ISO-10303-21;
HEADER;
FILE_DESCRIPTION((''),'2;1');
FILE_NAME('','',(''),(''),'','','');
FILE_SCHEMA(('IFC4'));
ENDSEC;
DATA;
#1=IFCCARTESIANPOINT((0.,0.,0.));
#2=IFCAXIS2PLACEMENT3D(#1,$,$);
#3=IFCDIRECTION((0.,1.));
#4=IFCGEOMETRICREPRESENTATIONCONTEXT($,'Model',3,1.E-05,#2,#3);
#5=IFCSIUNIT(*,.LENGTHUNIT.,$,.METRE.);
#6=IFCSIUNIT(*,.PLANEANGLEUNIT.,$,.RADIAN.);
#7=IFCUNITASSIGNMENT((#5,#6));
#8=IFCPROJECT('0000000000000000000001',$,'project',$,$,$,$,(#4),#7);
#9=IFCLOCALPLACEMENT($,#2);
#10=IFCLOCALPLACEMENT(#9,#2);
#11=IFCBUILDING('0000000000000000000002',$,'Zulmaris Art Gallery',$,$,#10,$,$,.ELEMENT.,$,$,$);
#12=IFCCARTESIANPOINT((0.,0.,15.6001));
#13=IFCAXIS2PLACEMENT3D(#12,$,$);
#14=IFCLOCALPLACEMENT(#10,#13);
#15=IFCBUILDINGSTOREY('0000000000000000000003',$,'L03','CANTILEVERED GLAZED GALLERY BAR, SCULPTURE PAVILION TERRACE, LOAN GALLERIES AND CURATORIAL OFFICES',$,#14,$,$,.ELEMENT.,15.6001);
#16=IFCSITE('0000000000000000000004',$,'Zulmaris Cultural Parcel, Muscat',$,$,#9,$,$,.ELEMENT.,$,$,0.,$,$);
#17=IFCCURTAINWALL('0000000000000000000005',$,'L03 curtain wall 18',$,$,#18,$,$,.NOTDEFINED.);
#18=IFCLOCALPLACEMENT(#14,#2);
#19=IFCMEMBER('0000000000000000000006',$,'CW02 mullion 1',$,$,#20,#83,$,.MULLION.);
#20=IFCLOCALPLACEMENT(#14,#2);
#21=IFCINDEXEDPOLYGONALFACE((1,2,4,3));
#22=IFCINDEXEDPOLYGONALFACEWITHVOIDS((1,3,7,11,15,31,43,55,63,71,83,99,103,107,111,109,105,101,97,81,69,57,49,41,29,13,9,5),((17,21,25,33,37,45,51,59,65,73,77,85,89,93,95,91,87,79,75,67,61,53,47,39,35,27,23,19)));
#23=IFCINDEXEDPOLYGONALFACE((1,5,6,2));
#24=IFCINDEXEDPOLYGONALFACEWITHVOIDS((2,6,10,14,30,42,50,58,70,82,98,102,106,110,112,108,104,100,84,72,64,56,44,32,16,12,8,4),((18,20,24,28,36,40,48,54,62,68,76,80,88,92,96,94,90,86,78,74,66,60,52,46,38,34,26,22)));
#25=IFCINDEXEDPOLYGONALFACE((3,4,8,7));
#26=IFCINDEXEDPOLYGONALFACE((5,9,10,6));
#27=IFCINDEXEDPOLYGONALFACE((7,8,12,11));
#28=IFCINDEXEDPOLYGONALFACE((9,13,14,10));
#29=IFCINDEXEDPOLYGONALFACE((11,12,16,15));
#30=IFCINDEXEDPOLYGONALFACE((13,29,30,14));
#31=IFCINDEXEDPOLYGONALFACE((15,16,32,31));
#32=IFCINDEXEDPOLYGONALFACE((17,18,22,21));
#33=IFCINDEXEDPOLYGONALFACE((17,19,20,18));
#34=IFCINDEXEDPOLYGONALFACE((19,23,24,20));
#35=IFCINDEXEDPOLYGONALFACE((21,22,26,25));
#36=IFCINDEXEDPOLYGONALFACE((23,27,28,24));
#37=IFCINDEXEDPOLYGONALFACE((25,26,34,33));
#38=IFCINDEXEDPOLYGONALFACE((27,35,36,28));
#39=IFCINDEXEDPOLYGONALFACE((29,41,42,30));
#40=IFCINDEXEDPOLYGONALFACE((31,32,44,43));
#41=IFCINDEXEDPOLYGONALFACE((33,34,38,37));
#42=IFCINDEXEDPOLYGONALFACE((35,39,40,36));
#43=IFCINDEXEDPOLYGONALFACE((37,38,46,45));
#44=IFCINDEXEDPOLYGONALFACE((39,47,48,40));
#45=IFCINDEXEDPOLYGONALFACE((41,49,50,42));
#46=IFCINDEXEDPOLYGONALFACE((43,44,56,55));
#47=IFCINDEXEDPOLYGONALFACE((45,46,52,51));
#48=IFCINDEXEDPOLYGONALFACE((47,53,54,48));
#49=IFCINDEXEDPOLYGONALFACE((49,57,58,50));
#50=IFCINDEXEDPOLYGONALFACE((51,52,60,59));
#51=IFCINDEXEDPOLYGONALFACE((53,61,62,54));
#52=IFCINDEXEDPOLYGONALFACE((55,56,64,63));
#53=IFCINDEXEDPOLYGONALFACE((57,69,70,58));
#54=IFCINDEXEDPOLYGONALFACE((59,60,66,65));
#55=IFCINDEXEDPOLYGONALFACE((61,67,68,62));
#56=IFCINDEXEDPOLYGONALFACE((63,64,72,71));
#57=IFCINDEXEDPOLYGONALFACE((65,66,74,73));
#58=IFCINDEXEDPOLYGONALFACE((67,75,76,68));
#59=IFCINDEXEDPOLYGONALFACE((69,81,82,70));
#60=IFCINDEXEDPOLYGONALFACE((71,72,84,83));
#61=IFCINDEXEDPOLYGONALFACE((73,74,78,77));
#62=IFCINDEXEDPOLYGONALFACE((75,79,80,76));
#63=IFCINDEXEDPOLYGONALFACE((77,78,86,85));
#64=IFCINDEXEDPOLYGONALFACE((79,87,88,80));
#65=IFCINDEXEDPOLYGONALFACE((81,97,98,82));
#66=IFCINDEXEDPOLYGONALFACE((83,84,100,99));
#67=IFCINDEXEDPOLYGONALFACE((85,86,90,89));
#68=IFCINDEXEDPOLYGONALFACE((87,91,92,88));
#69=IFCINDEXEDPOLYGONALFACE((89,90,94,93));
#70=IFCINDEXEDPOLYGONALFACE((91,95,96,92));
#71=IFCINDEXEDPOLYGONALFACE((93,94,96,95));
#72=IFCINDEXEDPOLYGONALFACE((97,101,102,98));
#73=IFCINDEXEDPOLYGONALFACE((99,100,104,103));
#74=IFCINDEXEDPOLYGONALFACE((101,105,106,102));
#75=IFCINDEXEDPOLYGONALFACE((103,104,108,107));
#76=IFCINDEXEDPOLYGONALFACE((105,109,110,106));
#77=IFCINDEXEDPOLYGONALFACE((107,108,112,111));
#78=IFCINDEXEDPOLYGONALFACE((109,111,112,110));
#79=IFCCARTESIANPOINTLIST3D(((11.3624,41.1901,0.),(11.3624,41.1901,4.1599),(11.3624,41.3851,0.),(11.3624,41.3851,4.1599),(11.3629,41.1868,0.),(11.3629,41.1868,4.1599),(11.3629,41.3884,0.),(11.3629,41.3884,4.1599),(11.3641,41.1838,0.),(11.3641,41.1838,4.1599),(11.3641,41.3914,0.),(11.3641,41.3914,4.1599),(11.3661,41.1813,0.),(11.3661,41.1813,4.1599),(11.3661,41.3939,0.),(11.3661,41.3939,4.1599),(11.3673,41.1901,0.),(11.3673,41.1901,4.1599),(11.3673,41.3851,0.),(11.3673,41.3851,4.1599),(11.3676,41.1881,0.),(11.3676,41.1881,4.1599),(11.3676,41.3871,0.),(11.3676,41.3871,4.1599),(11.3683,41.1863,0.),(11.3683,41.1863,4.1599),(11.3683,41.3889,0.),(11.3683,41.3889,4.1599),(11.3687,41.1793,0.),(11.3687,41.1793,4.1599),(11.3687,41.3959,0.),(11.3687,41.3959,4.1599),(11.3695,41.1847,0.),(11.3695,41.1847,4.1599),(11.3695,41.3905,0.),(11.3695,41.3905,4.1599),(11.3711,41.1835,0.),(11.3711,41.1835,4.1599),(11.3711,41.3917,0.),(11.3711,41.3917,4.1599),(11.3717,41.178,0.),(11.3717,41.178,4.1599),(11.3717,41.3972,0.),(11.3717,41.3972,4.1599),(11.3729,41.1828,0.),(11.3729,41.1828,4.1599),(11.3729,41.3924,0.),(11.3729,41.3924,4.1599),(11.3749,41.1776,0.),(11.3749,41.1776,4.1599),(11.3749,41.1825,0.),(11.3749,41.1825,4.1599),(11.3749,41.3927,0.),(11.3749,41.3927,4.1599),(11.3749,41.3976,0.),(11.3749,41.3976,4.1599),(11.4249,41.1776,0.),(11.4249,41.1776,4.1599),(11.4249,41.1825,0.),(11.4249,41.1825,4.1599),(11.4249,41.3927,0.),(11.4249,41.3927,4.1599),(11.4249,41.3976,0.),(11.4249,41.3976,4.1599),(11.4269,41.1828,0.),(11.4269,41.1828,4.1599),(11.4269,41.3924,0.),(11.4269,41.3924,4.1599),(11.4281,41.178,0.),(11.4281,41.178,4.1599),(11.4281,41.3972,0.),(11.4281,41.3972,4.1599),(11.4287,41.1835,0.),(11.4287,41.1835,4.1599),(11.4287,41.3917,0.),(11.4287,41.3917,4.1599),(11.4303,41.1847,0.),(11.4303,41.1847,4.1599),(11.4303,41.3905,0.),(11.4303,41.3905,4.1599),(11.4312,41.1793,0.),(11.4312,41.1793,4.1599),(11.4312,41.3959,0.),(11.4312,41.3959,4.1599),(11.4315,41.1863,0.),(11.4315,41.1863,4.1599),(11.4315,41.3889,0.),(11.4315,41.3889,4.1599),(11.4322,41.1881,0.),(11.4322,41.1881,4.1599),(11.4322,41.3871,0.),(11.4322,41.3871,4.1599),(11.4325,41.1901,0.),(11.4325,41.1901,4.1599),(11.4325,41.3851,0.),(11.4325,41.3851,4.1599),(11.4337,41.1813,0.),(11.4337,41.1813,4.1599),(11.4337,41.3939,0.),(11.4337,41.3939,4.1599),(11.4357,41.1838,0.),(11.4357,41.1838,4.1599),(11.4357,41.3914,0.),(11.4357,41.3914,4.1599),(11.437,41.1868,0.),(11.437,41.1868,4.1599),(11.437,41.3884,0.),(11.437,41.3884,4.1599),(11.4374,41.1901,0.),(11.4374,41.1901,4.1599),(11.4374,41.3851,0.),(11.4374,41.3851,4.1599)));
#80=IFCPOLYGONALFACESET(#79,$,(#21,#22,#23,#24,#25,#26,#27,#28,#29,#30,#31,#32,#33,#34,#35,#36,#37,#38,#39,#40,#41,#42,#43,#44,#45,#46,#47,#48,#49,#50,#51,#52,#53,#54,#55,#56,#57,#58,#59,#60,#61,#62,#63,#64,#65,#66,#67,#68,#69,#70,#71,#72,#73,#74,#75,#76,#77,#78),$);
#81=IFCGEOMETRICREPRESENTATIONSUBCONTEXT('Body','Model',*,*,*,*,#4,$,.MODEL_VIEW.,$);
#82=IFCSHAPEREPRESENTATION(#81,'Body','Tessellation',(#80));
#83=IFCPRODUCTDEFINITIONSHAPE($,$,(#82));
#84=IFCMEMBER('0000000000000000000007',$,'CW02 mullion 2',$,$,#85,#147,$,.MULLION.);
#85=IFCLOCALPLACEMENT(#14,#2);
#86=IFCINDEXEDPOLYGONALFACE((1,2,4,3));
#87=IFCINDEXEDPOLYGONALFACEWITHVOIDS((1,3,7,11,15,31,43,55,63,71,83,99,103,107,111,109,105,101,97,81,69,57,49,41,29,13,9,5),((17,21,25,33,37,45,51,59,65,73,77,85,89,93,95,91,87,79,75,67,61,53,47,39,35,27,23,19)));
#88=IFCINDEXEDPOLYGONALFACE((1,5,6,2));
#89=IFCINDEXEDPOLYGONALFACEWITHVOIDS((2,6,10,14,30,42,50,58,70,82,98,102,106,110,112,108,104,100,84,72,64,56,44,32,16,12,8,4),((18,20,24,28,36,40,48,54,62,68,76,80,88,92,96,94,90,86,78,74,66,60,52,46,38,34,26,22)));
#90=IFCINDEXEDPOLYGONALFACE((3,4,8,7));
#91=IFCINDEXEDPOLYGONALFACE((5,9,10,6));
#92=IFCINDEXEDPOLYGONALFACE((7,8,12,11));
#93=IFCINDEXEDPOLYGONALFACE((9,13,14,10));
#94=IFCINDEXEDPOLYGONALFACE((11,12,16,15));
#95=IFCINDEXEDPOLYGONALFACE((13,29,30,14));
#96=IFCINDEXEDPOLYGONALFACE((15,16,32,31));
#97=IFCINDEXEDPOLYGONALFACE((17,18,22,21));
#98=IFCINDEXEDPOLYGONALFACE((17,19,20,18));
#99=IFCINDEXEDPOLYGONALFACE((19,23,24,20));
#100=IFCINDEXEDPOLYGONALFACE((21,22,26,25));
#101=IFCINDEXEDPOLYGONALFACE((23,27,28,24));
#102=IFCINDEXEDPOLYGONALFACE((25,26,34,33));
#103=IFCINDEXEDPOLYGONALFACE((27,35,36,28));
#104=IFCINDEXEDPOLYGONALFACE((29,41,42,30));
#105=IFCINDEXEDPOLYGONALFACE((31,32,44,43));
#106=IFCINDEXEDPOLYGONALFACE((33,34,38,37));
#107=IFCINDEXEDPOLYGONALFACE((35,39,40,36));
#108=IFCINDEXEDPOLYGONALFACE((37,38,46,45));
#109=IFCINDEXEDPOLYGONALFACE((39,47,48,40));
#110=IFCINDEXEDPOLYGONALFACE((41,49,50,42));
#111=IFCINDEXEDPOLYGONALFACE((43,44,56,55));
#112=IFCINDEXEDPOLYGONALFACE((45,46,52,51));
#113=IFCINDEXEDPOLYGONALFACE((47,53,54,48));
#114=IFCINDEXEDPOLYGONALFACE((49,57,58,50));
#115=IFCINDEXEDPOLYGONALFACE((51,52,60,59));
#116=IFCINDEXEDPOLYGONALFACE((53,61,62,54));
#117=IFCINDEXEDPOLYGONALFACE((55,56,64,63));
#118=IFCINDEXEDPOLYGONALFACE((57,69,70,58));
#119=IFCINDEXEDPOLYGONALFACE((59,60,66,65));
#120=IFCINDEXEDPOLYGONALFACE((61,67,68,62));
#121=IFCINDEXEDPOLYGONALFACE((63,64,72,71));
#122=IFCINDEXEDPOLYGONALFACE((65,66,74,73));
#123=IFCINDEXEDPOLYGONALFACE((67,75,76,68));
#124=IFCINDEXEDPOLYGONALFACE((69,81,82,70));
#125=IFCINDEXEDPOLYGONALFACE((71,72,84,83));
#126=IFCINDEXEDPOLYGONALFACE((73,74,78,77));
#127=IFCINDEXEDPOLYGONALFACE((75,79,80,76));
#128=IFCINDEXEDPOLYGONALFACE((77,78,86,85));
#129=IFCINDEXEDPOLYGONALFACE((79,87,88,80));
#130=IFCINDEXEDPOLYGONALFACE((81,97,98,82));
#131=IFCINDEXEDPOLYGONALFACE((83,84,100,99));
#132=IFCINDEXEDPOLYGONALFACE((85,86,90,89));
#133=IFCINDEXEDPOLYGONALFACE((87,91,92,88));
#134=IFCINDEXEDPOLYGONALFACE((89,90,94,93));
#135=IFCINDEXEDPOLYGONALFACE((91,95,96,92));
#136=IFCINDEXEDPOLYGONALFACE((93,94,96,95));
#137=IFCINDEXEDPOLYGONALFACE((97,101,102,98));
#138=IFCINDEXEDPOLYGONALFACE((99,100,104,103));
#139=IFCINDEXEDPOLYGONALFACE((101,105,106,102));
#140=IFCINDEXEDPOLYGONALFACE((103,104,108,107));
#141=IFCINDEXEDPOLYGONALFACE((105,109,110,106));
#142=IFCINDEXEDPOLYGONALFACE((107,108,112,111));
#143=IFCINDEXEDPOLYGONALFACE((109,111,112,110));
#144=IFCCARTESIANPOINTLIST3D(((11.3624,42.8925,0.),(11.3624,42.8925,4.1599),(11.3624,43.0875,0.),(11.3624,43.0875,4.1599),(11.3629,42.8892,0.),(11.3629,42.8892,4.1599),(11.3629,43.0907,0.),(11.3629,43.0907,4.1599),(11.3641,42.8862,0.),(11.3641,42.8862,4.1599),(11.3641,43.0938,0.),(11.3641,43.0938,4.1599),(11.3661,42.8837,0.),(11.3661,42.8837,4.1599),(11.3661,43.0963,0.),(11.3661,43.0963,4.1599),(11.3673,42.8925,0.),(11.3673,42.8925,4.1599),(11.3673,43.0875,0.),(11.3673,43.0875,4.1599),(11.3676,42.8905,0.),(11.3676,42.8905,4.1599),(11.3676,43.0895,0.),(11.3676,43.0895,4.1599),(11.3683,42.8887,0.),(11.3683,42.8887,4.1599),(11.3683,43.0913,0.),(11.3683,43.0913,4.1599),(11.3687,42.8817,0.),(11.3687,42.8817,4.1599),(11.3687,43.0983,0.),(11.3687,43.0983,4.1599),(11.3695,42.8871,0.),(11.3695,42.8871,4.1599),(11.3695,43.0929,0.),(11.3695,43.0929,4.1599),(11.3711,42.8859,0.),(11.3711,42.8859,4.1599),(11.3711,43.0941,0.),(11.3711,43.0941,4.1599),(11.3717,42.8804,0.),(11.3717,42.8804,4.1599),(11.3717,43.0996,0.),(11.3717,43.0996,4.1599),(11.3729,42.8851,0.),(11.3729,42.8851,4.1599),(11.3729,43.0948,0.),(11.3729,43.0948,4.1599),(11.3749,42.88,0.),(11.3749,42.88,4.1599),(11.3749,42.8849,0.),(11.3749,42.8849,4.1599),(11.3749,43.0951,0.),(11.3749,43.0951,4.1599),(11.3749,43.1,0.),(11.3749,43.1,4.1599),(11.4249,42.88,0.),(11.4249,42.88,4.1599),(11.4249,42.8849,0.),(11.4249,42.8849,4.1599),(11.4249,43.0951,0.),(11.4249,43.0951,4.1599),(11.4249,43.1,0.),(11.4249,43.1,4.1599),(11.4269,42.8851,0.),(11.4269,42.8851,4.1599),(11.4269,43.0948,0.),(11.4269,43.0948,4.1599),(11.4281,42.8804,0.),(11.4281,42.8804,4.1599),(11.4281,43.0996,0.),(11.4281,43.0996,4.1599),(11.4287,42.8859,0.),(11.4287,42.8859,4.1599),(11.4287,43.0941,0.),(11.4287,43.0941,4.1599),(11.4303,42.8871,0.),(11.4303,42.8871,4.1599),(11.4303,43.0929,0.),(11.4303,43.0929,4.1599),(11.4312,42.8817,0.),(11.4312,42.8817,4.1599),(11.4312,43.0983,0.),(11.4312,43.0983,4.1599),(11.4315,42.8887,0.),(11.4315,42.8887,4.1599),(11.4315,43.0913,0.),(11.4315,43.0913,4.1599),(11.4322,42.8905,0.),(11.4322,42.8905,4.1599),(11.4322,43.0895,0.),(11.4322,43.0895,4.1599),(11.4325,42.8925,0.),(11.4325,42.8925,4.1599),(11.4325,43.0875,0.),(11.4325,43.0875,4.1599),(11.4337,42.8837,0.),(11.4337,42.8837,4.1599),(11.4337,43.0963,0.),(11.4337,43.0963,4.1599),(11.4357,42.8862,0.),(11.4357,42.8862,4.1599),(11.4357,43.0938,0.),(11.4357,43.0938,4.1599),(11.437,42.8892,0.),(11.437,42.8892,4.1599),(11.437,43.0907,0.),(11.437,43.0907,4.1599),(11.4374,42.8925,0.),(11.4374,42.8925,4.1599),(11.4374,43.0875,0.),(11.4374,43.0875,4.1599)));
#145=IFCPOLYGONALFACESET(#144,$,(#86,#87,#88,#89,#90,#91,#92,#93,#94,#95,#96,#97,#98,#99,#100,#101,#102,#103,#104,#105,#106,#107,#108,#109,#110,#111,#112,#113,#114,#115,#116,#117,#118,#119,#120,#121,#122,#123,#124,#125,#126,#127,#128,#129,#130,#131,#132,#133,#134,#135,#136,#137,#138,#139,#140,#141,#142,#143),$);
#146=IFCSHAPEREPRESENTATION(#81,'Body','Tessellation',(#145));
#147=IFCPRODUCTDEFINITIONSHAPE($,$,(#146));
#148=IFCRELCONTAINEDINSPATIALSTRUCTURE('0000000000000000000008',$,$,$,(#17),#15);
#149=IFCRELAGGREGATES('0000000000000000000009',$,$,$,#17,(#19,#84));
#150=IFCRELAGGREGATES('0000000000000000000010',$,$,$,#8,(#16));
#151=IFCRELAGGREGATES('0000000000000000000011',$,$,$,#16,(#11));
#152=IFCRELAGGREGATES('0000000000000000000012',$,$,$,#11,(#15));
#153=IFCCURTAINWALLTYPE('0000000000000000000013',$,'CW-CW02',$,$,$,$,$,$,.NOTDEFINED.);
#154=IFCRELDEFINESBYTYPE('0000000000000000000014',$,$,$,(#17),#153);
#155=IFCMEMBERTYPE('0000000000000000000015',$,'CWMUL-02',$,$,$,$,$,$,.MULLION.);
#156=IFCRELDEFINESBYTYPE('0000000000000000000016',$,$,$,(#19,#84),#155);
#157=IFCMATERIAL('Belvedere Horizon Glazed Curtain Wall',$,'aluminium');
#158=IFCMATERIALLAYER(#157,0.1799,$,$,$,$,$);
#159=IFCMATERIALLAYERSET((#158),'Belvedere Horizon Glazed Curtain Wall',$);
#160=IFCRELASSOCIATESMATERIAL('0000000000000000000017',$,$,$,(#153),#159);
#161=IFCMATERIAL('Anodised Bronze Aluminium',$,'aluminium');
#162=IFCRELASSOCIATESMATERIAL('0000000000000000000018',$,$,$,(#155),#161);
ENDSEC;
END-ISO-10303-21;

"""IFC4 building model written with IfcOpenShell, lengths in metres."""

from ifc_helpers import new_model, si_unit, direction, frame, origin, origin_2d, place, context, subcontext, project, spatial, hollow_rectangle, extrude, material, layer, layer_set, material_profile, profile_set, type_object, element, aggregate, save


model = new_model("IFC4")

# Units and contexts
model_context = context("Model", 3, precision=1e-05, world=origin(), true_north=direction((0.0, 1.0)))
body_context = subcontext(model_context, "Body", "Model", "MODEL_VIEW")
ifc_project = project(units=[si_unit("LENGTHUNIT", "METRE"), si_unit("PLANEANGLEUNIT", "RADIAN")], contexts=[model_context])

# Site, building, storey
site_placement = place(None, origin())
site = spatial("IfcSite", under=ifc_project, at=site_placement, Name="Zulmaris Cultural Parcel, Muscat", CompositionType="ELEMENT", RefElevation=0.0)
building_placement = place(site_placement, origin())
building = spatial("IfcBuilding", under=site, at=building_placement, Name="Zulmaris Art Gallery", CompositionType="ELEMENT")
storey_placement = place(building_placement, frame((0.0, 0.0, 15.6001)))
storey = spatial("IfcBuildingStorey", under=building, at=storey_placement, Name="L03", Description="CANTILEVERED GLAZED GALLERY BAR, SCULPTURE PAVILION TERRACE, LOAN GALLERIES AND CURATORIAL OFFICES", CompositionType="ELEMENT", Elevation=15.6001)

# Curtain wall, members
ifc_material_1 = material(Name="Belvedere Horizon Glazed Curtain Wall", Category="aluminium")
ifc_layer_1 = layer(ifc_material_1, 0.1799)
ifc_layer_set_1 = layer_set([ifc_layer_1], Name="Belvedere Horizon Glazed Curtain Wall")
curtain_wall_type = type_object("IfcCurtainWallType", Name="CW-CW02", PredefinedType="NOTDEFINED", material=ifc_layer_set_1)
curtain_wall_placement = place(storey_placement, origin())
curtain_wall = element("IfcCurtainWall", 1, at=curtain_wall_placement, inside=storey, type_object=curtain_wall_type, Name="L03 curtain wall 18", PredefinedType="NOTDEFINED")
ifc_material_2 = material(Name="Anodised Bronze Aluminium", Category="aluminium")
ifc_material_profile_1 = material_profile(ifc_material_2, hollow_rectangle(XDim=0.075, YDim=0.22, WallThickness=0.0049, InnerFilletRadius=0.0076, OuterFilletRadius=0.0125, at=origin_2d()), Name="ALU 75x220x5")
ifc_profile_set_1 = profile_set([ifc_material_profile_1], Name="Anodised Bronze Aluminium")
member_type_1 = type_object("IfcMemberType", Name="CWMUL-02", PredefinedType="MULLION", material=ifc_profile_set_1)
member_1_placement = place(storey_placement, frame((11.3999, 41.2876, 0.0), z_axis=(0.0, 0.0, 1.0), x_axis=(-1.0, 0.0, 0.0)))
member_1 = element("IfcMember", 2, at=member_1_placement, type_object=member_type_1, Name="CW02 mullion 1", PredefinedType="MULLION", context=body_context, shape_type="SweptSolid", body=[
    extrude(hollow_rectangle(XDim=0.075, YDim=0.22, WallThickness=0.0049, InnerFilletRadius=0.0076, OuterFilletRadius=0.0125, at=origin_2d()), origin(), (0.0, 0.0, 1.0), 4.1599),
])
member_2_placement = place(storey_placement, frame((11.3999, 42.99, 0.0), z_axis=(0.0, 0.0, 1.0), x_axis=(-1.0, 0.0, 0.0)))
member_2 = element("IfcMember", 3, at=member_2_placement, type_object=member_type_1, Name="CW02 mullion 2", PredefinedType="MULLION", context=body_context, shape_type="SweptSolid", body=[
    extrude(hollow_rectangle(XDim=0.075, YDim=0.22, WallThickness=0.0049, InnerFilletRadius=0.0076, OuterFilletRadius=0.0125, at=origin_2d()), origin(), (0.0, 0.0, 1.0), 4.1599),
])
aggregate(curtain_wall, [member_1, member_2])

save(model, "model.ifc")
